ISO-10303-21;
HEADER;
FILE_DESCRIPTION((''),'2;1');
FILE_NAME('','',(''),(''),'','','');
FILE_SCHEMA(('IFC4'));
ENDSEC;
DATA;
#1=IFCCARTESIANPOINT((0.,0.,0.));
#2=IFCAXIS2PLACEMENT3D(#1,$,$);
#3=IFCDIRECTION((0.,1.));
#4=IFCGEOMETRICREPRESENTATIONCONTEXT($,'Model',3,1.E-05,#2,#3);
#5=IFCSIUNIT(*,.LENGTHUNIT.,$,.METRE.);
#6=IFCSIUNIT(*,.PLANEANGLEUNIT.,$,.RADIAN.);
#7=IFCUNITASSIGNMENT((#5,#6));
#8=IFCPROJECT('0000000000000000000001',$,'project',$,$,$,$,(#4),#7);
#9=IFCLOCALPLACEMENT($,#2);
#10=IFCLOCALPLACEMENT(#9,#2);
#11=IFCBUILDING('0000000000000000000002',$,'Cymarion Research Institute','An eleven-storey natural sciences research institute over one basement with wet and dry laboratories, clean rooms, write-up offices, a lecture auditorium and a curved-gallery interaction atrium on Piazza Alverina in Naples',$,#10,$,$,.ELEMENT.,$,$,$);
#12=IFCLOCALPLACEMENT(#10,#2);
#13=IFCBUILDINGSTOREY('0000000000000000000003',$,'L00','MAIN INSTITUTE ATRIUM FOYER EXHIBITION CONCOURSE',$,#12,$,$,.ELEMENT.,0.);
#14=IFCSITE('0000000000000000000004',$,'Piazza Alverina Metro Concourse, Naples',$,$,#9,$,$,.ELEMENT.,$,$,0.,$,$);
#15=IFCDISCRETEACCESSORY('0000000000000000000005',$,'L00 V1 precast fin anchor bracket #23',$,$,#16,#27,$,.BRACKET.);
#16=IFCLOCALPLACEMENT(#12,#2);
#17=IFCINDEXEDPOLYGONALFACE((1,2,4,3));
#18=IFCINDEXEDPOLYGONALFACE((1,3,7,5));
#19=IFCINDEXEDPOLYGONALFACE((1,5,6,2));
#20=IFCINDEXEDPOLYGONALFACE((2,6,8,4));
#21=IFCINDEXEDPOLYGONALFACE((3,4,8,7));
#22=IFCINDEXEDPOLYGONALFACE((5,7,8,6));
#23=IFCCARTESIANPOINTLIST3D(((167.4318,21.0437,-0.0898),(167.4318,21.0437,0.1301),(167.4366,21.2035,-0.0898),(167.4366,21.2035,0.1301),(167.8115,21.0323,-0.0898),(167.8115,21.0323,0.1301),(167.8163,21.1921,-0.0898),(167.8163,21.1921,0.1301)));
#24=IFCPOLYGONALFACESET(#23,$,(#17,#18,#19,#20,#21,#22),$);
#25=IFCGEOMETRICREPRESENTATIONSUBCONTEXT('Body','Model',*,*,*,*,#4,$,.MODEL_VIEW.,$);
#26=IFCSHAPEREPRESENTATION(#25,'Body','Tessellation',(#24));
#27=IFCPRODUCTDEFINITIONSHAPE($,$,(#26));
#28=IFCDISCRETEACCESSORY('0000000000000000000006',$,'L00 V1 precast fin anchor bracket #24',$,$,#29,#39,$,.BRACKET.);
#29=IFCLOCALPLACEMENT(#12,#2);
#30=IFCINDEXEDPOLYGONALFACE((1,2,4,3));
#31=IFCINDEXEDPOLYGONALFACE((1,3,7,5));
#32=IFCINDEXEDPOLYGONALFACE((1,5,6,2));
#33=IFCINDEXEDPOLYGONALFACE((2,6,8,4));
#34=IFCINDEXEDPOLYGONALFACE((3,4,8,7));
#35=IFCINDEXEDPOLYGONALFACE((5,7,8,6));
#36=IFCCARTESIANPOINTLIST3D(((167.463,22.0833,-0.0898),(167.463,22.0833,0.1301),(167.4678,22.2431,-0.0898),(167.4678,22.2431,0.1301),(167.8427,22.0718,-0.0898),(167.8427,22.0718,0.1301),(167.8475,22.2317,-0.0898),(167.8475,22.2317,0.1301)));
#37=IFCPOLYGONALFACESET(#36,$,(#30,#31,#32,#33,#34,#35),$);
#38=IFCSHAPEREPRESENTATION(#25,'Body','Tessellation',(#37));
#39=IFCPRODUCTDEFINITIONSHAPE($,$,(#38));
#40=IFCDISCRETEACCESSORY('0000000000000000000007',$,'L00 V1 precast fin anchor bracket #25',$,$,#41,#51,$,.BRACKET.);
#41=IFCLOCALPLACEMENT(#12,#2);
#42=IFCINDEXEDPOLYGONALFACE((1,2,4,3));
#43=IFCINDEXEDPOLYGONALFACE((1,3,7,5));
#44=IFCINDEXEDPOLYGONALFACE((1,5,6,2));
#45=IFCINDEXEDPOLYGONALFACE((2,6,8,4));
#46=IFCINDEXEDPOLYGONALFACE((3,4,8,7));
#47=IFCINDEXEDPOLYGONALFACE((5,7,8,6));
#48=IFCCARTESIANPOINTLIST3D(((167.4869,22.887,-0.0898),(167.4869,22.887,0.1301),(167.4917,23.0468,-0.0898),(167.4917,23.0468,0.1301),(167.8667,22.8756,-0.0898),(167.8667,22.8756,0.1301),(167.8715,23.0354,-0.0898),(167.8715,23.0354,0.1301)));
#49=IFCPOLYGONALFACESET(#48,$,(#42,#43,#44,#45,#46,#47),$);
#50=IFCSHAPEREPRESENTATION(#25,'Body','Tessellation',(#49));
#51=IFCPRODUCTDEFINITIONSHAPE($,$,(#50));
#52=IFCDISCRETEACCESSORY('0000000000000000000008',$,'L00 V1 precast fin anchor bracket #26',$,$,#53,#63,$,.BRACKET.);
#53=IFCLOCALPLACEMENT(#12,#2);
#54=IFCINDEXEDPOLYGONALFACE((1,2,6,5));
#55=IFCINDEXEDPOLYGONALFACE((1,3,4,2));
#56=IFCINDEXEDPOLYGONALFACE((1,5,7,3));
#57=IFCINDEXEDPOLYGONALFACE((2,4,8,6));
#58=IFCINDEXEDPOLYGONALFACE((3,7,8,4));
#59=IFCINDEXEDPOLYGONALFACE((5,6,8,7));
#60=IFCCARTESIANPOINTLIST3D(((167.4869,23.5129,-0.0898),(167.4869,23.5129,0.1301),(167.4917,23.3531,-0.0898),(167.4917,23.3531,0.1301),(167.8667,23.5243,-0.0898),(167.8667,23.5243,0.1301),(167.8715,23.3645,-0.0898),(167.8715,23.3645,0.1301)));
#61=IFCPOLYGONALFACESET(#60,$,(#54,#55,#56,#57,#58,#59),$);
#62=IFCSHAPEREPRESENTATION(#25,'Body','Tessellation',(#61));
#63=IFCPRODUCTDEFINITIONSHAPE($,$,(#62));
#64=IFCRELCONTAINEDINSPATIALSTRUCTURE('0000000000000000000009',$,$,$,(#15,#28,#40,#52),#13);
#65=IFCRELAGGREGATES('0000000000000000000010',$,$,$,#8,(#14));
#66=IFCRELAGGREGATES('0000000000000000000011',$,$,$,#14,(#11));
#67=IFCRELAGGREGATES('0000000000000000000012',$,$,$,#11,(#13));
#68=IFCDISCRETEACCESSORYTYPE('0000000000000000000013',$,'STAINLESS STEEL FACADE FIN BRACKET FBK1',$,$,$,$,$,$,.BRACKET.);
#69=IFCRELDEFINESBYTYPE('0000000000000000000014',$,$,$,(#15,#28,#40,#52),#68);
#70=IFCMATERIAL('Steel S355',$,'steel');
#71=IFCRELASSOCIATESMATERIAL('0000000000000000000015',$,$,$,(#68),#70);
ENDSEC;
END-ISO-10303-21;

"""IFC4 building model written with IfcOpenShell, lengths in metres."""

from ifc_helpers import new_model, si_unit, direction, frame, origin, origin_2d, place, context, subcontext, project, spatial, rectangle, extrude, material, type_object, element, save


model = new_model("IFC4")

# Units and contexts
model_context = context("Model", 3, precision=1e-05, world=origin(), true_north=direction((0.0, 1.0)))
body_context = subcontext(model_context, "Body", "Model", "MODEL_VIEW")
ifc_project = project(units=[si_unit("LENGTHUNIT", "METRE"), si_unit("PLANEANGLEUNIT", "RADIAN")], contexts=[model_context])

# Site, building, storey
site_placement = place(None, origin())
site = spatial("IfcSite", under=ifc_project, at=site_placement, Name="Piazza Alverina Metro Concourse, Naples", CompositionType="ELEMENT", RefElevation=0.0)
building_placement = place(site_placement, origin())
building = spatial("IfcBuilding", under=site, at=building_placement, Name="Cymarion Research Institute", Description="An eleven-storey natural sciences research institute over one basement with wet and dry laboratories, clean rooms, write-up offices, a lecture auditorium and a curved-gallery interaction atrium on Piazza Alverina in Naples", CompositionType="ELEMENT")
storey_placement = place(building_placement, origin())
storey = spatial("IfcBuildingStorey", under=building, at=storey_placement, Name="L00", Description="MAIN INSTITUTE ATRIUM FOYER EXHIBITION CONCOURSE", CompositionType="ELEMENT", Elevation=0.0)

# Shared definitions
ifc_material_1 = material(Name="Steel S355", Category="steel")

# Discrete accessories
discrete_accessory_type = type_object("IfcDiscreteAccessoryType", Name="STAINLESS STEEL FACADE FIN BRACKET FBK1", PredefinedType="BRACKET", material=ifc_material_1)
for number, where, z_axis, x_axis, name in (
    (1, (167.624, 21.1179, -0.0898), (0.0, 0.0, 1.0), (0.999549, -0.030015, 0.0), "L00 V1 precast fin anchor bracket #23"),
    (2, (167.6553, 22.1575, -0.0898), (0.0, 0.0, 1.0), (0.999549, -0.030015, 0.0), "L00 V1 precast fin anchor bracket #24"),
    (3, (167.6792, 22.9612, -0.0898), (0.0, 0.0, 1.0), (0.999549, -0.030015, 0.0), "L00 V1 precast fin anchor bracket #25"),
    (4, (167.6792, 23.4387, -0.0898), (0.0, 0.0, 1.0), (0.999549, 0.030015, 0.0), "L00 V1 precast fin anchor bracket #26"),
):
    element("IfcDiscreteAccessory", number, at=place(storey_placement, frame(where, z_axis=z_axis, x_axis=x_axis)), inside=storey, type_object=discrete_accessory_type, Name=name, PredefinedType="BRACKET", context=body_context, shape_type="SweptSolid", body=[
        extrude(rectangle(XDim=0.3799, YDim=0.1599, at=origin_2d()), origin(), (0.0, 0.0, 1.0), 0.22),
    ])

save(model, "model.ifc")
